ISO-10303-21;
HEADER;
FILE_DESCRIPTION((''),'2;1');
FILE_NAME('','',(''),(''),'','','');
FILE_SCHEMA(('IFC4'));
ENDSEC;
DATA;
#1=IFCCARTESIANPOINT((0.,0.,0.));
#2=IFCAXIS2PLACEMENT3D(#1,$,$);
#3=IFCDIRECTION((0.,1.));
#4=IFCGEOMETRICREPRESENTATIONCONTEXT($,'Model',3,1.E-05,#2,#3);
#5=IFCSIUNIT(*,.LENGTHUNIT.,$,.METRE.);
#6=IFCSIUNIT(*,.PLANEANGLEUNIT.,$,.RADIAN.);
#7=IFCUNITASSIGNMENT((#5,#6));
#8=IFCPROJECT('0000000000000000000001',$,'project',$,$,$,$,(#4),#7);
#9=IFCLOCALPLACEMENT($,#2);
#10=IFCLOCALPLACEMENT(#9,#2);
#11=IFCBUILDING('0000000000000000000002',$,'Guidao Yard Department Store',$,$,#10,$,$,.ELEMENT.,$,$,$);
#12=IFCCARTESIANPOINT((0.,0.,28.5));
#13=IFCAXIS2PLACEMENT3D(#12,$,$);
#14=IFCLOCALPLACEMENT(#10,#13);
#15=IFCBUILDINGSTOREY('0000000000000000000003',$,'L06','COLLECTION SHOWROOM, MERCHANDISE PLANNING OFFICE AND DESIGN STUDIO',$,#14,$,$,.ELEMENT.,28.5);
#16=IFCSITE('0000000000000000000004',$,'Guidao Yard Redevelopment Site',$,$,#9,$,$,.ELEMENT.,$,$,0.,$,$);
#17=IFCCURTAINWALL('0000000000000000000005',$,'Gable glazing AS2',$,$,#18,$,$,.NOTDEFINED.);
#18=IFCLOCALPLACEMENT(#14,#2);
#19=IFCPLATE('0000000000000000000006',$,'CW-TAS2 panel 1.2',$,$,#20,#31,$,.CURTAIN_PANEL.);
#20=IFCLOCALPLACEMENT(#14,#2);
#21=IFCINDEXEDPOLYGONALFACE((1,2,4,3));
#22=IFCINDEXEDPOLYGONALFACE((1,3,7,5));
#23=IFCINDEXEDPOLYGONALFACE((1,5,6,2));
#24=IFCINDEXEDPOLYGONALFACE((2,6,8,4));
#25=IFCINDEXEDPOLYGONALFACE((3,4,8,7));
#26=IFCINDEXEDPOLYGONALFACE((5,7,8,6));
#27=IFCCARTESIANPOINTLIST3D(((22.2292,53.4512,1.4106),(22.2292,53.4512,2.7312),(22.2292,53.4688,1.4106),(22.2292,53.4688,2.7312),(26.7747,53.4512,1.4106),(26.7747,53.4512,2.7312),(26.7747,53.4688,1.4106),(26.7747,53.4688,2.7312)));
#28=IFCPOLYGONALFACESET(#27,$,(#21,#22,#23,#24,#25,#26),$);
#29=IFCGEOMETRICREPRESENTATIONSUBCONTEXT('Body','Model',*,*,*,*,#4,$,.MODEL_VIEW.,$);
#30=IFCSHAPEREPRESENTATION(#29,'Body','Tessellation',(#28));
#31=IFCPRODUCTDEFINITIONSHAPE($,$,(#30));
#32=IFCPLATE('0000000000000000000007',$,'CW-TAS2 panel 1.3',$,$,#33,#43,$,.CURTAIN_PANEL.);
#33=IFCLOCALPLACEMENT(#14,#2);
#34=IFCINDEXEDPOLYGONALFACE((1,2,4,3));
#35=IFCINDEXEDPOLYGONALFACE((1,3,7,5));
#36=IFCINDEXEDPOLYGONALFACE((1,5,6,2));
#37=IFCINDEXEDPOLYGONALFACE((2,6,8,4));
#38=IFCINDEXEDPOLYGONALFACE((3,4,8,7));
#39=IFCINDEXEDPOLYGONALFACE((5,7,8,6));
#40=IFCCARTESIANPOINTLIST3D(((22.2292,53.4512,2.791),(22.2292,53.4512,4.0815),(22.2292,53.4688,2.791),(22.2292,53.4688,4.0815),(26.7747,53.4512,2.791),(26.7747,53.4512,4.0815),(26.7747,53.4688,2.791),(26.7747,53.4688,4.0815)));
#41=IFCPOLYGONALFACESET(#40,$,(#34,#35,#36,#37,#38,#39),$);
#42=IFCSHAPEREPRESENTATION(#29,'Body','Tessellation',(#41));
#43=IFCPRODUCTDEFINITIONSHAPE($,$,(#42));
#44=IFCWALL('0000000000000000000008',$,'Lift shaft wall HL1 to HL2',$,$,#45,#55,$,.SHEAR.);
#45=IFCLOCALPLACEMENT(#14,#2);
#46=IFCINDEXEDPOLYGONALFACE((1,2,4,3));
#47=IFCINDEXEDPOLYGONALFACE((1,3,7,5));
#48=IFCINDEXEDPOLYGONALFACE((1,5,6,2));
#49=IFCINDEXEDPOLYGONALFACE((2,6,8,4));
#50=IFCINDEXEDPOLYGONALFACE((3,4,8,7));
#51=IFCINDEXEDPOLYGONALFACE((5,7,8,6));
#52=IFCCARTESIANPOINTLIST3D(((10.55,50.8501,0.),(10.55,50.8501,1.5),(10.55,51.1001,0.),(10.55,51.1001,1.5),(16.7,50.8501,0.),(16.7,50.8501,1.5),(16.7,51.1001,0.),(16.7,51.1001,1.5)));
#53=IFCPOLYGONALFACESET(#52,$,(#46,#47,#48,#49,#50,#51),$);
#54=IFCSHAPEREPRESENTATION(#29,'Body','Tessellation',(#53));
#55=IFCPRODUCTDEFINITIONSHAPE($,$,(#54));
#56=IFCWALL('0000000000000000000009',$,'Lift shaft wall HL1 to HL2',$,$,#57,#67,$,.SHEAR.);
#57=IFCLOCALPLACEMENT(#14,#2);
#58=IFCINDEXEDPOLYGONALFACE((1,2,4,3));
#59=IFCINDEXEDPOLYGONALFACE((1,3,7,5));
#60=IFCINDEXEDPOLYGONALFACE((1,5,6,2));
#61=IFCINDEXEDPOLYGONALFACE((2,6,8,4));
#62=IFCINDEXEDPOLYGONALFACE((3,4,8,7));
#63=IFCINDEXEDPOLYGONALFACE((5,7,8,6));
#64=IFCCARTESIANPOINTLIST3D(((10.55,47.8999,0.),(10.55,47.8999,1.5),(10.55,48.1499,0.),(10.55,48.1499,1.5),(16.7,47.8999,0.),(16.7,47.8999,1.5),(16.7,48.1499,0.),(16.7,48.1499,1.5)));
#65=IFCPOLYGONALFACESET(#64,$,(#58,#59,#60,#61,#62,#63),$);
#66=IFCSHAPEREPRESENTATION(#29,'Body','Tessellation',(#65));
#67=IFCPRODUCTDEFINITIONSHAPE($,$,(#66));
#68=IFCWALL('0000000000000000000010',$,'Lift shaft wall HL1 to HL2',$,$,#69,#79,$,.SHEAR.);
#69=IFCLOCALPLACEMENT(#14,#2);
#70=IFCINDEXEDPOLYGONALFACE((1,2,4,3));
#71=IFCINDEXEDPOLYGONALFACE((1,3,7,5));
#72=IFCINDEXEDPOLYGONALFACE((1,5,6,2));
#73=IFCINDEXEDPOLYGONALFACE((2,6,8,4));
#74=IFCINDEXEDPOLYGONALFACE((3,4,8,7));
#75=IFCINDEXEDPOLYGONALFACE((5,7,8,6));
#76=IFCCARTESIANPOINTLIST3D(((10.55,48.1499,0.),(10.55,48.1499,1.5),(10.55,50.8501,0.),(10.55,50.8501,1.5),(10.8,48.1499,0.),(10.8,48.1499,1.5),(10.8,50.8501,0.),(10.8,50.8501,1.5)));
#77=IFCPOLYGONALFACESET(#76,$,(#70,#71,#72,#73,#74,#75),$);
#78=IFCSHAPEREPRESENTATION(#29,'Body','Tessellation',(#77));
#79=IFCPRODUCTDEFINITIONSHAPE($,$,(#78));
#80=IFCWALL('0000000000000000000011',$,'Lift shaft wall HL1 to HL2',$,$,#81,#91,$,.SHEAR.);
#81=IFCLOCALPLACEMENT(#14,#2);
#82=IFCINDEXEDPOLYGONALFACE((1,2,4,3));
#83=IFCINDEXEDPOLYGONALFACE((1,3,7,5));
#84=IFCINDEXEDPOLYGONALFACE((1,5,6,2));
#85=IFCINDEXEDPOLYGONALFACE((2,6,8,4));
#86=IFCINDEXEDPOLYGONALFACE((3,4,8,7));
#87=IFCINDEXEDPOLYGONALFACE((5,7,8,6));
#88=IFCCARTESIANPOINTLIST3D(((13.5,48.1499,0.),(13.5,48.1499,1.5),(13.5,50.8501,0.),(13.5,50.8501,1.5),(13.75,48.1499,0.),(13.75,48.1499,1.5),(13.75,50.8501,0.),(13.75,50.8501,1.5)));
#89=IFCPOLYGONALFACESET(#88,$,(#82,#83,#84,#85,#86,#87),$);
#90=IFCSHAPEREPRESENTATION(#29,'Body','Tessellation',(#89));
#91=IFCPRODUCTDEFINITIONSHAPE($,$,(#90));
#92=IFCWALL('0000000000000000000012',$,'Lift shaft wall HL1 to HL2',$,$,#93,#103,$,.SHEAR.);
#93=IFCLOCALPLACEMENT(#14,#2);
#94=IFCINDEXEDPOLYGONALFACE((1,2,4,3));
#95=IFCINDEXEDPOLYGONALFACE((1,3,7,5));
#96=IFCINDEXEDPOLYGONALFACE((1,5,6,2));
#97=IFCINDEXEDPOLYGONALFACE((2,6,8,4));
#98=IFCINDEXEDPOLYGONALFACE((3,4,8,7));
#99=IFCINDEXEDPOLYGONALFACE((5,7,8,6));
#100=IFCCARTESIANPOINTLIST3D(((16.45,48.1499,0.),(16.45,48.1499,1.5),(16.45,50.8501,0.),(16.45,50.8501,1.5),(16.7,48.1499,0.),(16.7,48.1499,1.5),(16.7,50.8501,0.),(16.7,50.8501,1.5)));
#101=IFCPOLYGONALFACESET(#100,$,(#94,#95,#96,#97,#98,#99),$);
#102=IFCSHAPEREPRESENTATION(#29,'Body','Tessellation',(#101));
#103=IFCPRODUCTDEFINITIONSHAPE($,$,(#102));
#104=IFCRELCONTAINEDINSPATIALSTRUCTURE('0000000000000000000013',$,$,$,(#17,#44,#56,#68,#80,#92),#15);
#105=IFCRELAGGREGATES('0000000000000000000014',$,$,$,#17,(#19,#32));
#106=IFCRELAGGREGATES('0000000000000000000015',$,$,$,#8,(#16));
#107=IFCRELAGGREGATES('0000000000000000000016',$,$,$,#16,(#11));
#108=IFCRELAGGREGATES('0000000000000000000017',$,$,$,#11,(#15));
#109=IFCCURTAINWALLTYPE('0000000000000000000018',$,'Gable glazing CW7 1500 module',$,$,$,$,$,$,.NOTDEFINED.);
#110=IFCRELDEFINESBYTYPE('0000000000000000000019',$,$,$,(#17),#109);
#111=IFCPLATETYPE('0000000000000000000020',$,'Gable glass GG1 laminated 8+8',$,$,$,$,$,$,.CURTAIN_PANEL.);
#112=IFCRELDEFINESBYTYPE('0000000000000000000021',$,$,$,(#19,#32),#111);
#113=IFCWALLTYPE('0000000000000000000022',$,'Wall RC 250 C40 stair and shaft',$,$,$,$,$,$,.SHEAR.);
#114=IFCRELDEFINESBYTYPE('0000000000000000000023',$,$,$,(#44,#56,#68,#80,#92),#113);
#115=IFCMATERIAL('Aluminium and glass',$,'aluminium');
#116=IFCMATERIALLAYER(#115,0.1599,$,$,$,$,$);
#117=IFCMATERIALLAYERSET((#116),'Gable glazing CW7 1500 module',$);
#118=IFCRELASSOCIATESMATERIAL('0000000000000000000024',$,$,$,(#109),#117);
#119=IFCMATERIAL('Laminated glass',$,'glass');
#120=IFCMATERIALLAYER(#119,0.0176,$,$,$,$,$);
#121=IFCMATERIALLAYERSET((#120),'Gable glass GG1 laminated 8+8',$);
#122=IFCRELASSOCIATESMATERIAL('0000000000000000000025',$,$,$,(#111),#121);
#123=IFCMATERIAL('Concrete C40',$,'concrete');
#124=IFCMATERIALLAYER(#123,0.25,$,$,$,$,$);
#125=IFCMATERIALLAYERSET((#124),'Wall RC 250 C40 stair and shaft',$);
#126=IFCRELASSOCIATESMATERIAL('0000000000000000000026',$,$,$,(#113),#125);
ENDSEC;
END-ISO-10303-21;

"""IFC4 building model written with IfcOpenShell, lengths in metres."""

from ifc_helpers import new_model, si_unit, direction, frame, frame_2d, origin, origin_2d, place, context, subcontext, project, spatial, rectangle, extrude, material, layer, layer_set, type_object, element, aggregate, save


model = new_model("IFC4")

# Units and contexts
model_context = context("Model", 3, precision=1e-05, world=origin(), true_north=direction((0.0, 1.0)))
body_context = subcontext(model_context, "Body", "Model", "MODEL_VIEW")
ifc_project = project(units=[si_unit("LENGTHUNIT", "METRE"), si_unit("PLANEANGLEUNIT", "RADIAN")], contexts=[model_context])

# Site, building, storey
site_placement = place(None, origin())
site = spatial("IfcSite", under=ifc_project, at=site_placement, Name="Guidao Yard Redevelopment Site", CompositionType="ELEMENT", RefElevation=0.0)
building_placement = place(site_placement, origin())
building = spatial("IfcBuilding", under=site, at=building_placement, Name="Guidao Yard Department Store", CompositionType="ELEMENT")
storey_placement = place(building_placement, frame((0.0, 0.0, 28.5)))
storey = spatial("IfcBuildingStorey", under=building, at=storey_placement, Name="L06", Description="COLLECTION SHOWROOM, MERCHANDISE PLANNING OFFICE AND DESIGN STUDIO", CompositionType="ELEMENT", Elevation=28.5)

# Shared definitions
ifc_material_1 = material(Name="Aluminium and glass", Category="aluminium")
ifc_layer_1 = layer(ifc_material_1, 0.1599)
ifc_layer_set_1 = layer_set([ifc_layer_1], Name="Gable glazing CW7 1500 module")
curtain_wall_type = type_object("IfcCurtainWallType", Name="Gable glazing CW7 1500 module", PredefinedType="NOTDEFINED", material=ifc_layer_set_1)

# Curtain wall
curtain_wall_1_placement = place(storey_placement, origin())
curtain_wall_1 = element("IfcCurtainWall", 1, at=curtain_wall_1_placement, inside=storey, type_object=curtain_wall_type, Name="Gable glazing AS2", PredefinedType="NOTDEFINED")

# Plates
ifc_material_2 = material(Name="Laminated glass", Category="glass")
ifc_layer_2 = layer(ifc_material_2, 0.0176)
ifc_layer_set_2 = layer_set([ifc_layer_2], Name="Gable glass GG1 laminated 8+8")
plate_type = type_object("IfcPlateType", Name="Gable glass GG1 laminated 8+8", PredefinedType="CURTAIN_PANEL", material=ifc_layer_set_2)
plate_1_placement = place(storey_placement, frame((24.502, 53.46, 1.4106), z_axis=(0.0, 0.0, 1.0), x_axis=(-1.0, 0.0, 0.0)))
plate_1 = element("IfcPlate", 2, at=plate_1_placement, type_object=plate_type, Name="CW-TAS2 panel 1.2", PredefinedType="CURTAIN_PANEL", context=body_context, shape_type="SweptSolid", body=[
    extrude(rectangle(XDim=4.5454, YDim=0.0176, at=origin_2d()), origin(), (0.0, 0.0, 1.0), 1.3206),
])
plate_2_placement = place(storey_placement, frame((24.502, 53.46, 2.791), z_axis=(0.0, 0.0, 1.0), x_axis=(-1.0, 0.0, 0.0)))
plate_2 = element("IfcPlate", 3, at=plate_2_placement, type_object=plate_type, Name="CW-TAS2 panel 1.3", PredefinedType="CURTAIN_PANEL", context=body_context, shape_type="SweptSolid", body=[
    extrude(rectangle(XDim=4.5454, YDim=0.0176, at=origin_2d()), origin(), (0.0, 0.0, 1.0), 1.2905),
])
aggregate(curtain_wall_1, [plate_1, plate_2])

# Walls
ifc_material_3 = material(Name="Concrete C40", Category="concrete")
ifc_layer_3 = layer(ifc_material_3, 0.25)
ifc_layer_set_3 = layer_set([ifc_layer_3], Name="Wall RC 250 C40 stair and shaft")
wall_type = type_object("IfcWallType", Name="Wall RC 250 C40 stair and shaft", PredefinedType="SHEAR", material=ifc_layer_set_3)
for number, where, z_axis, x_axis, name in (
    (4, (10.55, 50.9751, 0.0), (0.0, 0.0, 1.0), (1.0, 0.0, 0.0), "Lift shaft wall HL1 to HL2"),
    (5, (10.55, 48.0249, 0.0), (0.0, 0.0, 1.0), (1.0, 0.0, 0.0), "Lift shaft wall HL1 to HL2"),
):
    element("IfcWall", number, at=place(storey_placement, frame(where, z_axis=z_axis, x_axis=x_axis)), inside=storey, type_object=wall_type, Name=name, PredefinedType="SHEAR", context=body_context, shape_type="SweptSolid", body=[
        extrude(rectangle(XDim=6.1499, YDim=0.25, at=frame_2d((3.075, 0.0))), origin(), (0.0, 0.0, 1.0), 1.5),
    ])
for number, where, z_axis, x_axis, name in (
    (6, (10.675, 48.1499, 0.0), (0.0, 0.0, 1.0), (0.0, 1.0, 0.0), "Lift shaft wall HL1 to HL2"),
    (7, (13.625, 48.1499, 0.0), (0.0, 0.0, 1.0), (0.0, 1.0, 0.0), "Lift shaft wall HL1 to HL2"),
    (8, (16.575, 48.1499, 0.0), (0.0, 0.0, 1.0), (0.0, 1.0, 0.0), "Lift shaft wall HL1 to HL2"),
):
    element("IfcWall", number, at=place(storey_placement, frame(where, z_axis=z_axis, x_axis=x_axis)), inside=storey, type_object=wall_type, Name=name, PredefinedType="SHEAR", context=body_context, shape_type="SweptSolid", body=[
        extrude(rectangle(XDim=2.7002, YDim=0.25, at=frame_2d((1.3501, 0.0))), origin(), (0.0, 0.0, 1.0), 1.5),
    ])

save(model, "model.ifc")
